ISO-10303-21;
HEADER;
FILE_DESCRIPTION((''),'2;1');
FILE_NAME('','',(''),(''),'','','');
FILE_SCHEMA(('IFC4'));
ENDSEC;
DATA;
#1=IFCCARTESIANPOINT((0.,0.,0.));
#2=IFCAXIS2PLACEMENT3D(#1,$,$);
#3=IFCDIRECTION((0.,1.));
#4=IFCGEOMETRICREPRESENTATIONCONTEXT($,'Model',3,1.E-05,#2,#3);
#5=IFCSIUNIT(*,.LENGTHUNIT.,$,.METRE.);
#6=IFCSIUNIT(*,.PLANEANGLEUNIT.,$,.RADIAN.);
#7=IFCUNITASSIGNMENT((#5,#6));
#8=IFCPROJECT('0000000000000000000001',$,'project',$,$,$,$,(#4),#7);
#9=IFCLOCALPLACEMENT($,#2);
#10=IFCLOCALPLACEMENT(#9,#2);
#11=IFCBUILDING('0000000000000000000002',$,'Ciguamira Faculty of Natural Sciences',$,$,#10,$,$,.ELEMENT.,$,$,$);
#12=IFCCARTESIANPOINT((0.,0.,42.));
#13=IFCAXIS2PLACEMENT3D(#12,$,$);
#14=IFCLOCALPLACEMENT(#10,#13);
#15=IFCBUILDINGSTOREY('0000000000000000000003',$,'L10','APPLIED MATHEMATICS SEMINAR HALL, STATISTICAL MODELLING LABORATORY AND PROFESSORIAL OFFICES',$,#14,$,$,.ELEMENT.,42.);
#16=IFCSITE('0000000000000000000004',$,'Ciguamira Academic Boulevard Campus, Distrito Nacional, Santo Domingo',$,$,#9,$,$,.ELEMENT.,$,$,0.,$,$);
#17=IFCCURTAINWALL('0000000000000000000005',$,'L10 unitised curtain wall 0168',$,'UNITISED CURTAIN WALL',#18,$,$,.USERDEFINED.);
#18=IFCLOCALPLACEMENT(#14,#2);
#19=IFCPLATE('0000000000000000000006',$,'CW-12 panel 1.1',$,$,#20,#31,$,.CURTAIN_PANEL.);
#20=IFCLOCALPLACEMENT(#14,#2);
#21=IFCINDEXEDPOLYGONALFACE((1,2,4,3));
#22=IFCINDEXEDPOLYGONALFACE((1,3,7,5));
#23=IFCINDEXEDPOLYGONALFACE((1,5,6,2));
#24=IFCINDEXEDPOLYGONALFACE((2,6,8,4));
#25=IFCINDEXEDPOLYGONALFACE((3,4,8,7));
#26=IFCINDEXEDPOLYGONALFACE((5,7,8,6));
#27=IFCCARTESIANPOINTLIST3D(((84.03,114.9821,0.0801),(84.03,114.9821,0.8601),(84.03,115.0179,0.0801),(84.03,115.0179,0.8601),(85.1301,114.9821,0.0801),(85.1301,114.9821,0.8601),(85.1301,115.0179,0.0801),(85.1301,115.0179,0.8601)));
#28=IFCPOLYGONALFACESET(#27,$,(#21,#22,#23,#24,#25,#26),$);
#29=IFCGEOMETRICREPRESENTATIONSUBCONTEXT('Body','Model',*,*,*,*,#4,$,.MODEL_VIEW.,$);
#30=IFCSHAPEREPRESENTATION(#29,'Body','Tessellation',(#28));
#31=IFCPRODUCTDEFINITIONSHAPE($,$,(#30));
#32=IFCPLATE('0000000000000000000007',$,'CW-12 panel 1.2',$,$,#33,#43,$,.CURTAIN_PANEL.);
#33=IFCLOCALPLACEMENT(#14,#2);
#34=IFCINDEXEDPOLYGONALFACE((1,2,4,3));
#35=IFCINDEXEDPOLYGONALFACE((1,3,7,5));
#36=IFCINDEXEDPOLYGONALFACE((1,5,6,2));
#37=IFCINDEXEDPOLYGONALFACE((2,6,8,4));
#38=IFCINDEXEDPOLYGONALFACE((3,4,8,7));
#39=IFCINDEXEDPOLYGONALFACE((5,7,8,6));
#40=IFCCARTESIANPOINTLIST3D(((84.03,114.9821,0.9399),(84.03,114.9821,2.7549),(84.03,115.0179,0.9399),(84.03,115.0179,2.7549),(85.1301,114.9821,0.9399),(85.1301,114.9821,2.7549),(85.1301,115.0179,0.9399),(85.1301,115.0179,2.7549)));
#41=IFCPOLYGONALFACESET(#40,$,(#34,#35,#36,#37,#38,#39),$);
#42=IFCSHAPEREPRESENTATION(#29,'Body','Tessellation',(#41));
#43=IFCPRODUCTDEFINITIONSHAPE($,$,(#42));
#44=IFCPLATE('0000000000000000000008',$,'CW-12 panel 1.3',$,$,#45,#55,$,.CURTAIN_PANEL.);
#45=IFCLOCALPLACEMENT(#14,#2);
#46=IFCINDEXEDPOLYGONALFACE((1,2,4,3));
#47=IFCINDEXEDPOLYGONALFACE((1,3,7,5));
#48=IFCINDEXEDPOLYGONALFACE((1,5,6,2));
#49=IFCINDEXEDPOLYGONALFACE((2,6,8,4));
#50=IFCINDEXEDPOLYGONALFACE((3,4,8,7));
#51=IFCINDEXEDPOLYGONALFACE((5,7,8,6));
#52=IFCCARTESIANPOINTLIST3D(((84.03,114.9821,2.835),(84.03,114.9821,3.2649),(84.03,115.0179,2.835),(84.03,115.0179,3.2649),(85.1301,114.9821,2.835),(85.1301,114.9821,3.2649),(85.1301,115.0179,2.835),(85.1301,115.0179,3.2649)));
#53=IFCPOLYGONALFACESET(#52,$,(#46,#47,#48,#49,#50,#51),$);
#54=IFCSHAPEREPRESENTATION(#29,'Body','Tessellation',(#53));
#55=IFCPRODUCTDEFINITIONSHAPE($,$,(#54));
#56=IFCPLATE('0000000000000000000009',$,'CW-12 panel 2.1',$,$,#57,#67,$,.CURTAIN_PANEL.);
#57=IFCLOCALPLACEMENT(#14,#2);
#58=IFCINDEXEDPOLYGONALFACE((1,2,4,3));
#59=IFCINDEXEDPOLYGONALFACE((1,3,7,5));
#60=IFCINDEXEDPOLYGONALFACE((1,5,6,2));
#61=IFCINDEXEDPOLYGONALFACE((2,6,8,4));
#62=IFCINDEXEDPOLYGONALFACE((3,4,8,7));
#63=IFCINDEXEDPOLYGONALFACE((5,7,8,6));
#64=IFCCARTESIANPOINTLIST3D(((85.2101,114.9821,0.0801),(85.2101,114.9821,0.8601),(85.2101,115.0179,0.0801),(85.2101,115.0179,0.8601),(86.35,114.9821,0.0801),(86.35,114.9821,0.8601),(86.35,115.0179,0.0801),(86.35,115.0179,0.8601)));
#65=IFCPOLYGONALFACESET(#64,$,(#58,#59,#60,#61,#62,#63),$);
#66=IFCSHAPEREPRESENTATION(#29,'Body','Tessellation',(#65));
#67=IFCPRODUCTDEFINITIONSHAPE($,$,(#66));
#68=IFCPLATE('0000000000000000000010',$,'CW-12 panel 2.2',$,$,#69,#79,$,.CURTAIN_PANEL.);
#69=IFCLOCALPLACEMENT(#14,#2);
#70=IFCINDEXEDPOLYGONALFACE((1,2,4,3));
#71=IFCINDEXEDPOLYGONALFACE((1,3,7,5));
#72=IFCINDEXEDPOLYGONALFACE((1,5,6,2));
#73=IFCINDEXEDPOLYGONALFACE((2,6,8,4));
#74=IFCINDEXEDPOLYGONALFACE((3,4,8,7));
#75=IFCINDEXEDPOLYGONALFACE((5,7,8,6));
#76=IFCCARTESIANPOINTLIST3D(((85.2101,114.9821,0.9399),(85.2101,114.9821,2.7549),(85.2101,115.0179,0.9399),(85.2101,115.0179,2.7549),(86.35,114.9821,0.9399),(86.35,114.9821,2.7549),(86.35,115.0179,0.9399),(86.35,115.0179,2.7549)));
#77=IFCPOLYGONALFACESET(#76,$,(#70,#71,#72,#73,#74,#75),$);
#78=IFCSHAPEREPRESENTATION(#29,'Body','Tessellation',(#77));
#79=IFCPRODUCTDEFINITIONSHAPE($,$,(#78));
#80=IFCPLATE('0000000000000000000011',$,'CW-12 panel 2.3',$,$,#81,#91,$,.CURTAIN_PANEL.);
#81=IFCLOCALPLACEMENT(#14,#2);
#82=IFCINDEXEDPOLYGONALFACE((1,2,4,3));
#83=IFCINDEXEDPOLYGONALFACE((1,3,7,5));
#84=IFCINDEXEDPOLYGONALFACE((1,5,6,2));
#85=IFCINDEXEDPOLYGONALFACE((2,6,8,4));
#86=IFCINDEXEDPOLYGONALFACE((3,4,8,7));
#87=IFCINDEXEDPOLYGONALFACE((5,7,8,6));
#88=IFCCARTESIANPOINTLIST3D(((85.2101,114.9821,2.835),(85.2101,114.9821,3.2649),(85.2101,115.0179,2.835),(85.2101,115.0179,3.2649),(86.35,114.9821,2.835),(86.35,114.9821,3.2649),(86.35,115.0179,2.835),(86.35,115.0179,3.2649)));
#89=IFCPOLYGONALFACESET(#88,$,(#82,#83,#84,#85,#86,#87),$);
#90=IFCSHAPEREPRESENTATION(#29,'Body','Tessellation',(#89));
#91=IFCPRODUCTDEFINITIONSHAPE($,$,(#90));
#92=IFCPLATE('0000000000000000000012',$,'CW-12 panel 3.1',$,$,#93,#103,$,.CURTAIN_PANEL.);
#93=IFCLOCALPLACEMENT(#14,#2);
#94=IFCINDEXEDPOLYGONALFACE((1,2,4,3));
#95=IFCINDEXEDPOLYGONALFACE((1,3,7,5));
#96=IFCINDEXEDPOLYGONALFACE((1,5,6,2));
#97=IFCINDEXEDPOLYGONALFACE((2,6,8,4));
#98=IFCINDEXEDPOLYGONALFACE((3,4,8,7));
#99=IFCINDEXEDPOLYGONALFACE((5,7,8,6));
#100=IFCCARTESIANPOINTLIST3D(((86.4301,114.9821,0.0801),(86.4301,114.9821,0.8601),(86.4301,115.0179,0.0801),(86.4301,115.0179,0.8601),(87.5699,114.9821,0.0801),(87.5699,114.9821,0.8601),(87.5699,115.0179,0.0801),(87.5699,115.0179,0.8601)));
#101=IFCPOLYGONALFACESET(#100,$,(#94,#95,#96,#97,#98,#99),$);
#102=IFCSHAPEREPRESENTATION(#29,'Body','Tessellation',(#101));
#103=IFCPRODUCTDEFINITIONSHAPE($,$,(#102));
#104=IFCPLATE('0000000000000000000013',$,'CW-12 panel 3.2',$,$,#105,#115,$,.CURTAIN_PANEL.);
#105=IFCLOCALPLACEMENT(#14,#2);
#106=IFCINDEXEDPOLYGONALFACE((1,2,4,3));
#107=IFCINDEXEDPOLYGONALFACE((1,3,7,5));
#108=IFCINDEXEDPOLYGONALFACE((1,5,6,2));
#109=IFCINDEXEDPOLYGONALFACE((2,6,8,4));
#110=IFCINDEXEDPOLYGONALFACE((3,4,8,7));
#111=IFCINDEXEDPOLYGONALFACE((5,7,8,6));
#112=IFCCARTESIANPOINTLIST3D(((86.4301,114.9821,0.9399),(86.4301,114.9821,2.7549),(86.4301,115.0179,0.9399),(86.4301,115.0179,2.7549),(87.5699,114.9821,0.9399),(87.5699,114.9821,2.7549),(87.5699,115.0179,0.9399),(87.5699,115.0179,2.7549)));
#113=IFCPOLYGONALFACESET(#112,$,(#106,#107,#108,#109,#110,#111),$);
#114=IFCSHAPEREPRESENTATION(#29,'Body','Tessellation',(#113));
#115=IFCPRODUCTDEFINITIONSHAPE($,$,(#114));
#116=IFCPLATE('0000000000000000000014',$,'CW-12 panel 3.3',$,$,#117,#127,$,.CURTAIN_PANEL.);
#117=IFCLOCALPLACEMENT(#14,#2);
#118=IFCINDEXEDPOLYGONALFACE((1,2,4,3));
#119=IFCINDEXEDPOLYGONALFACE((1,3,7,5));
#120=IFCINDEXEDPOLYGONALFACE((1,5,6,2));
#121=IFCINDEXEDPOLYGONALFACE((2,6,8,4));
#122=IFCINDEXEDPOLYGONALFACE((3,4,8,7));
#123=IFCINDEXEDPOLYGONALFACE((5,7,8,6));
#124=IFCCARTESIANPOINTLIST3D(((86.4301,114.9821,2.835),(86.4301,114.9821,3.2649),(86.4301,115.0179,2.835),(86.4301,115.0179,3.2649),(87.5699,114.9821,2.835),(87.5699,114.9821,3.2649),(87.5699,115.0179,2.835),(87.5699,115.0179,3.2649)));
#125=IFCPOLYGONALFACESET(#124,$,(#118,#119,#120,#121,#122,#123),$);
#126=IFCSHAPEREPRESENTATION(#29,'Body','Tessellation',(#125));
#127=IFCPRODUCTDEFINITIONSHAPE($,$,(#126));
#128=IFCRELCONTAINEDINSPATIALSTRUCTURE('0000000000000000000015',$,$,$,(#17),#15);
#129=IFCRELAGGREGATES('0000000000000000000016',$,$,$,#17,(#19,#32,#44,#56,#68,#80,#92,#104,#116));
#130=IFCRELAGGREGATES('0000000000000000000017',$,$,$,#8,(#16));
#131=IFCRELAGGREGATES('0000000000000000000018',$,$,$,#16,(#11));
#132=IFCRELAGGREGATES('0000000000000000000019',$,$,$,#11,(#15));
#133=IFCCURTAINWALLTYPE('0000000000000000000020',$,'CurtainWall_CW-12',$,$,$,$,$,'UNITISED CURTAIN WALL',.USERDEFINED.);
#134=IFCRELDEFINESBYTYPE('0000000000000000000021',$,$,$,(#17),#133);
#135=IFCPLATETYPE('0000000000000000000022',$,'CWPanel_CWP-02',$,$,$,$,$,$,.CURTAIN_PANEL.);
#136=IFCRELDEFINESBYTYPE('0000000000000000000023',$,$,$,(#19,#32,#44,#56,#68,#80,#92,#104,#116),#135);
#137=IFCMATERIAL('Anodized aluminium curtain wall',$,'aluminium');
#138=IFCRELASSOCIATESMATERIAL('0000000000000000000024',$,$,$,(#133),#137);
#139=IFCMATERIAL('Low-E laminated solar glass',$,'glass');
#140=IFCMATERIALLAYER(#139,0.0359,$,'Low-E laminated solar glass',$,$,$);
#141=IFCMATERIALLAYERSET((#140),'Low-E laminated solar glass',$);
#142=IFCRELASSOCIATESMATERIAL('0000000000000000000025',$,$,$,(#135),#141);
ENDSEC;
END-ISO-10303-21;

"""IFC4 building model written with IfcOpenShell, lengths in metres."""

from ifc_helpers import new_model, si_unit, direction, frame, origin, origin_2d, place, context, subcontext, project, spatial, rectangle, extrude, material, layer, layer_set, type_object, element, aggregate, save


model = new_model("IFC4")

# Units and contexts
model_context = context("Model", 3, precision=1e-05, world=origin(), true_north=direction((0.0, 1.0)))
body_context = subcontext(model_context, "Body", "Model", "MODEL_VIEW")
ifc_project = project(units=[si_unit("LENGTHUNIT", "METRE"), si_unit("PLANEANGLEUNIT", "RADIAN")], contexts=[model_context])

# Site, building, storey
site_placement = place(None, origin())
site = spatial("IfcSite", under=ifc_project, at=site_placement, Name="Ciguamira Academic Boulevard Campus, Distrito Nacional, Santo Domingo", CompositionType="ELEMENT", RefElevation=0.0)
building_placement = place(site_placement, origin())
building = spatial("IfcBuilding", under=site, at=building_placement, Name="Ciguamira Faculty of Natural Sciences", CompositionType="ELEMENT")
storey_placement = place(building_placement, frame((0.0, 0.0, 42.0)))
storey = spatial("IfcBuildingStorey", under=building, at=storey_placement, Name="L10", Description="APPLIED MATHEMATICS SEMINAR HALL, STATISTICAL MODELLING LABORATORY AND PROFESSORIAL OFFICES", CompositionType="ELEMENT", Elevation=42.0)

# Curtain wall, plates
ifc_material_1 = material(Name="Anodized aluminium curtain wall", Category="aluminium")
curtain_wall_type = type_object("IfcCurtainWallType", Name="CurtainWall_CW-12", ElementType="UNITISED CURTAIN WALL", PredefinedType="USERDEFINED", material=ifc_material_1)
curtain_wall_placement = place(storey_placement, origin())
curtain_wall = element("IfcCurtainWall", 1, at=curtain_wall_placement, inside=storey, type_object=curtain_wall_type, Name="L10 unitised curtain wall 0168", ObjectType="UNITISED CURTAIN WALL", PredefinedType="USERDEFINED")
ifc_material_2 = material(Name="Low-E laminated solar glass", Category="glass")
ifc_layer = layer(ifc_material_2, 0.0359, Name="Low-E laminated solar glass")
ifc_layer_set = layer_set([ifc_layer], Name="Low-E laminated solar glass")
plate_type = type_object("IfcPlateType", Name="CWPanel_CWP-02", PredefinedType="CURTAIN_PANEL", material=ifc_layer_set)
plate_1_placement = place(storey_placement, frame((84.5801, 115.0, 0.0801), z_axis=(0.0, 0.0, 1.0), x_axis=(1.0, 0.0, 0.0)))
plate_1 = element("IfcPlate", 2, at=plate_1_placement, type_object=plate_type, Name="CW-12 panel 1.1", PredefinedType="CURTAIN_PANEL", context=body_context, shape_type="SweptSolid", body=[
    extrude(rectangle(XDim=1.1001, YDim=0.0359, at=origin_2d()), origin(), (0.0, 0.0, 1.0), 0.78),
])
plate_2_placement = place(storey_placement, frame((84.5801, 115.0, 0.9399), z_axis=(0.0, 0.0, 1.0), x_axis=(1.0, 0.0, 0.0)))
plate_2 = element("IfcPlate", 3, at=plate_2_placement, type_object=plate_type, Name="CW-12 panel 1.2", PredefinedType="CURTAIN_PANEL", context=body_context, shape_type="SweptSolid", body=[
    extrude(rectangle(XDim=1.1001, YDim=0.0359, at=origin_2d()), origin(), (0.0, 0.0, 1.0), 1.8149),
])
plate_3_placement = place(storey_placement, frame((84.5801, 115.0, 2.835), z_axis=(0.0, 0.0, 1.0), x_axis=(1.0, 0.0, 0.0)))
plate_3 = element("IfcPlate", 4, at=plate_3_placement, type_object=plate_type, Name="CW-12 panel 1.3", PredefinedType="CURTAIN_PANEL", context=body_context, shape_type="SweptSolid", body=[
    extrude(rectangle(XDim=1.1001, YDim=0.0359, at=origin_2d()), origin(), (0.0, 0.0, 1.0), 0.4299),
])
plate_4_placement = place(storey_placement, frame((85.78, 115.0, 0.0801), z_axis=(0.0, 0.0, 1.0), x_axis=(1.0, 0.0, 0.0)))
plate_4 = element("IfcPlate", 5, at=plate_4_placement, type_object=plate_type, Name="CW-12 panel 2.1", PredefinedType="CURTAIN_PANEL", context=body_context, shape_type="SweptSolid", body=[
    extrude(rectangle(XDim=1.1399, YDim=0.0359, at=origin_2d()), origin(), (0.0, 0.0, 1.0), 0.78),
])
plate_5_placement = place(storey_placement, frame((85.78, 115.0, 0.9399), z_axis=(0.0, 0.0, 1.0), x_axis=(1.0, 0.0, 0.0)))
plate_5 = element("IfcPlate", 6, at=plate_5_placement, type_object=plate_type, Name="CW-12 panel 2.2", PredefinedType="CURTAIN_PANEL", context=body_context, shape_type="SweptSolid", body=[
    extrude(rectangle(XDim=1.1399, YDim=0.0359, at=origin_2d()), origin(), (0.0, 0.0, 1.0), 1.8149),
])
plate_6_placement = place(storey_placement, frame((85.78, 115.0, 2.835), z_axis=(0.0, 0.0, 1.0), x_axis=(1.0, 0.0, 0.0)))
plate_6 = element("IfcPlate", 7, at=plate_6_placement, type_object=plate_type, Name="CW-12 panel 2.3", PredefinedType="CURTAIN_PANEL", context=body_context, shape_type="SweptSolid", body=[
    extrude(rectangle(XDim=1.1399, YDim=0.0359, at=origin_2d()), origin(), (0.0, 0.0, 1.0), 0.4299),
])
plate_7_placement = place(storey_placement, frame((87.0, 115.0, 0.0801), z_axis=(0.0, 0.0, 1.0), x_axis=(1.0, 0.0, 0.0)))
plate_7 = element("IfcPlate", 8, at=plate_7_placement, type_object=plate_type, Name="CW-12 panel 3.1", PredefinedType="CURTAIN_PANEL", context=body_context, shape_type="SweptSolid", body=[
    extrude(rectangle(XDim=1.1399, YDim=0.0359, at=origin_2d()), origin(), (0.0, 0.0, 1.0), 0.78),
])
plate_8_placement = place(storey_placement, frame((87.0, 115.0, 0.9399), z_axis=(0.0, 0.0, 1.0), x_axis=(1.0, 0.0, 0.0)))
plate_8 = element("IfcPlate", 9, at=plate_8_placement, type_object=plate_type, Name="CW-12 panel 3.2", PredefinedType="CURTAIN_PANEL", context=body_context, shape_type="SweptSolid", body=[
    extrude(rectangle(XDim=1.1399, YDim=0.0359, at=origin_2d()), origin(), (0.0, 0.0, 1.0), 1.8149),
])
plate_9_placement = place(storey_placement, frame((87.0, 115.0, 2.835), z_axis=(0.0, 0.0, 1.0), x_axis=(1.0, 0.0, 0.0)))
plate_9 = element("IfcPlate", 10, at=plate_9_placement, type_object=plate_type, Name="CW-12 panel 3.3", PredefinedType="CURTAIN_PANEL", context=body_context, shape_type="SweptSolid", body=[
    extrude(rectangle(XDim=1.1399, YDim=0.0359, at=origin_2d()), origin(), (0.0, 0.0, 1.0), 0.4299),
])
aggregate(curtain_wall, [plate_1, plate_2, plate_3, plate_4, plate_5, plate_6, plate_7, plate_8, plate_9])

save(model, "model.ifc")
